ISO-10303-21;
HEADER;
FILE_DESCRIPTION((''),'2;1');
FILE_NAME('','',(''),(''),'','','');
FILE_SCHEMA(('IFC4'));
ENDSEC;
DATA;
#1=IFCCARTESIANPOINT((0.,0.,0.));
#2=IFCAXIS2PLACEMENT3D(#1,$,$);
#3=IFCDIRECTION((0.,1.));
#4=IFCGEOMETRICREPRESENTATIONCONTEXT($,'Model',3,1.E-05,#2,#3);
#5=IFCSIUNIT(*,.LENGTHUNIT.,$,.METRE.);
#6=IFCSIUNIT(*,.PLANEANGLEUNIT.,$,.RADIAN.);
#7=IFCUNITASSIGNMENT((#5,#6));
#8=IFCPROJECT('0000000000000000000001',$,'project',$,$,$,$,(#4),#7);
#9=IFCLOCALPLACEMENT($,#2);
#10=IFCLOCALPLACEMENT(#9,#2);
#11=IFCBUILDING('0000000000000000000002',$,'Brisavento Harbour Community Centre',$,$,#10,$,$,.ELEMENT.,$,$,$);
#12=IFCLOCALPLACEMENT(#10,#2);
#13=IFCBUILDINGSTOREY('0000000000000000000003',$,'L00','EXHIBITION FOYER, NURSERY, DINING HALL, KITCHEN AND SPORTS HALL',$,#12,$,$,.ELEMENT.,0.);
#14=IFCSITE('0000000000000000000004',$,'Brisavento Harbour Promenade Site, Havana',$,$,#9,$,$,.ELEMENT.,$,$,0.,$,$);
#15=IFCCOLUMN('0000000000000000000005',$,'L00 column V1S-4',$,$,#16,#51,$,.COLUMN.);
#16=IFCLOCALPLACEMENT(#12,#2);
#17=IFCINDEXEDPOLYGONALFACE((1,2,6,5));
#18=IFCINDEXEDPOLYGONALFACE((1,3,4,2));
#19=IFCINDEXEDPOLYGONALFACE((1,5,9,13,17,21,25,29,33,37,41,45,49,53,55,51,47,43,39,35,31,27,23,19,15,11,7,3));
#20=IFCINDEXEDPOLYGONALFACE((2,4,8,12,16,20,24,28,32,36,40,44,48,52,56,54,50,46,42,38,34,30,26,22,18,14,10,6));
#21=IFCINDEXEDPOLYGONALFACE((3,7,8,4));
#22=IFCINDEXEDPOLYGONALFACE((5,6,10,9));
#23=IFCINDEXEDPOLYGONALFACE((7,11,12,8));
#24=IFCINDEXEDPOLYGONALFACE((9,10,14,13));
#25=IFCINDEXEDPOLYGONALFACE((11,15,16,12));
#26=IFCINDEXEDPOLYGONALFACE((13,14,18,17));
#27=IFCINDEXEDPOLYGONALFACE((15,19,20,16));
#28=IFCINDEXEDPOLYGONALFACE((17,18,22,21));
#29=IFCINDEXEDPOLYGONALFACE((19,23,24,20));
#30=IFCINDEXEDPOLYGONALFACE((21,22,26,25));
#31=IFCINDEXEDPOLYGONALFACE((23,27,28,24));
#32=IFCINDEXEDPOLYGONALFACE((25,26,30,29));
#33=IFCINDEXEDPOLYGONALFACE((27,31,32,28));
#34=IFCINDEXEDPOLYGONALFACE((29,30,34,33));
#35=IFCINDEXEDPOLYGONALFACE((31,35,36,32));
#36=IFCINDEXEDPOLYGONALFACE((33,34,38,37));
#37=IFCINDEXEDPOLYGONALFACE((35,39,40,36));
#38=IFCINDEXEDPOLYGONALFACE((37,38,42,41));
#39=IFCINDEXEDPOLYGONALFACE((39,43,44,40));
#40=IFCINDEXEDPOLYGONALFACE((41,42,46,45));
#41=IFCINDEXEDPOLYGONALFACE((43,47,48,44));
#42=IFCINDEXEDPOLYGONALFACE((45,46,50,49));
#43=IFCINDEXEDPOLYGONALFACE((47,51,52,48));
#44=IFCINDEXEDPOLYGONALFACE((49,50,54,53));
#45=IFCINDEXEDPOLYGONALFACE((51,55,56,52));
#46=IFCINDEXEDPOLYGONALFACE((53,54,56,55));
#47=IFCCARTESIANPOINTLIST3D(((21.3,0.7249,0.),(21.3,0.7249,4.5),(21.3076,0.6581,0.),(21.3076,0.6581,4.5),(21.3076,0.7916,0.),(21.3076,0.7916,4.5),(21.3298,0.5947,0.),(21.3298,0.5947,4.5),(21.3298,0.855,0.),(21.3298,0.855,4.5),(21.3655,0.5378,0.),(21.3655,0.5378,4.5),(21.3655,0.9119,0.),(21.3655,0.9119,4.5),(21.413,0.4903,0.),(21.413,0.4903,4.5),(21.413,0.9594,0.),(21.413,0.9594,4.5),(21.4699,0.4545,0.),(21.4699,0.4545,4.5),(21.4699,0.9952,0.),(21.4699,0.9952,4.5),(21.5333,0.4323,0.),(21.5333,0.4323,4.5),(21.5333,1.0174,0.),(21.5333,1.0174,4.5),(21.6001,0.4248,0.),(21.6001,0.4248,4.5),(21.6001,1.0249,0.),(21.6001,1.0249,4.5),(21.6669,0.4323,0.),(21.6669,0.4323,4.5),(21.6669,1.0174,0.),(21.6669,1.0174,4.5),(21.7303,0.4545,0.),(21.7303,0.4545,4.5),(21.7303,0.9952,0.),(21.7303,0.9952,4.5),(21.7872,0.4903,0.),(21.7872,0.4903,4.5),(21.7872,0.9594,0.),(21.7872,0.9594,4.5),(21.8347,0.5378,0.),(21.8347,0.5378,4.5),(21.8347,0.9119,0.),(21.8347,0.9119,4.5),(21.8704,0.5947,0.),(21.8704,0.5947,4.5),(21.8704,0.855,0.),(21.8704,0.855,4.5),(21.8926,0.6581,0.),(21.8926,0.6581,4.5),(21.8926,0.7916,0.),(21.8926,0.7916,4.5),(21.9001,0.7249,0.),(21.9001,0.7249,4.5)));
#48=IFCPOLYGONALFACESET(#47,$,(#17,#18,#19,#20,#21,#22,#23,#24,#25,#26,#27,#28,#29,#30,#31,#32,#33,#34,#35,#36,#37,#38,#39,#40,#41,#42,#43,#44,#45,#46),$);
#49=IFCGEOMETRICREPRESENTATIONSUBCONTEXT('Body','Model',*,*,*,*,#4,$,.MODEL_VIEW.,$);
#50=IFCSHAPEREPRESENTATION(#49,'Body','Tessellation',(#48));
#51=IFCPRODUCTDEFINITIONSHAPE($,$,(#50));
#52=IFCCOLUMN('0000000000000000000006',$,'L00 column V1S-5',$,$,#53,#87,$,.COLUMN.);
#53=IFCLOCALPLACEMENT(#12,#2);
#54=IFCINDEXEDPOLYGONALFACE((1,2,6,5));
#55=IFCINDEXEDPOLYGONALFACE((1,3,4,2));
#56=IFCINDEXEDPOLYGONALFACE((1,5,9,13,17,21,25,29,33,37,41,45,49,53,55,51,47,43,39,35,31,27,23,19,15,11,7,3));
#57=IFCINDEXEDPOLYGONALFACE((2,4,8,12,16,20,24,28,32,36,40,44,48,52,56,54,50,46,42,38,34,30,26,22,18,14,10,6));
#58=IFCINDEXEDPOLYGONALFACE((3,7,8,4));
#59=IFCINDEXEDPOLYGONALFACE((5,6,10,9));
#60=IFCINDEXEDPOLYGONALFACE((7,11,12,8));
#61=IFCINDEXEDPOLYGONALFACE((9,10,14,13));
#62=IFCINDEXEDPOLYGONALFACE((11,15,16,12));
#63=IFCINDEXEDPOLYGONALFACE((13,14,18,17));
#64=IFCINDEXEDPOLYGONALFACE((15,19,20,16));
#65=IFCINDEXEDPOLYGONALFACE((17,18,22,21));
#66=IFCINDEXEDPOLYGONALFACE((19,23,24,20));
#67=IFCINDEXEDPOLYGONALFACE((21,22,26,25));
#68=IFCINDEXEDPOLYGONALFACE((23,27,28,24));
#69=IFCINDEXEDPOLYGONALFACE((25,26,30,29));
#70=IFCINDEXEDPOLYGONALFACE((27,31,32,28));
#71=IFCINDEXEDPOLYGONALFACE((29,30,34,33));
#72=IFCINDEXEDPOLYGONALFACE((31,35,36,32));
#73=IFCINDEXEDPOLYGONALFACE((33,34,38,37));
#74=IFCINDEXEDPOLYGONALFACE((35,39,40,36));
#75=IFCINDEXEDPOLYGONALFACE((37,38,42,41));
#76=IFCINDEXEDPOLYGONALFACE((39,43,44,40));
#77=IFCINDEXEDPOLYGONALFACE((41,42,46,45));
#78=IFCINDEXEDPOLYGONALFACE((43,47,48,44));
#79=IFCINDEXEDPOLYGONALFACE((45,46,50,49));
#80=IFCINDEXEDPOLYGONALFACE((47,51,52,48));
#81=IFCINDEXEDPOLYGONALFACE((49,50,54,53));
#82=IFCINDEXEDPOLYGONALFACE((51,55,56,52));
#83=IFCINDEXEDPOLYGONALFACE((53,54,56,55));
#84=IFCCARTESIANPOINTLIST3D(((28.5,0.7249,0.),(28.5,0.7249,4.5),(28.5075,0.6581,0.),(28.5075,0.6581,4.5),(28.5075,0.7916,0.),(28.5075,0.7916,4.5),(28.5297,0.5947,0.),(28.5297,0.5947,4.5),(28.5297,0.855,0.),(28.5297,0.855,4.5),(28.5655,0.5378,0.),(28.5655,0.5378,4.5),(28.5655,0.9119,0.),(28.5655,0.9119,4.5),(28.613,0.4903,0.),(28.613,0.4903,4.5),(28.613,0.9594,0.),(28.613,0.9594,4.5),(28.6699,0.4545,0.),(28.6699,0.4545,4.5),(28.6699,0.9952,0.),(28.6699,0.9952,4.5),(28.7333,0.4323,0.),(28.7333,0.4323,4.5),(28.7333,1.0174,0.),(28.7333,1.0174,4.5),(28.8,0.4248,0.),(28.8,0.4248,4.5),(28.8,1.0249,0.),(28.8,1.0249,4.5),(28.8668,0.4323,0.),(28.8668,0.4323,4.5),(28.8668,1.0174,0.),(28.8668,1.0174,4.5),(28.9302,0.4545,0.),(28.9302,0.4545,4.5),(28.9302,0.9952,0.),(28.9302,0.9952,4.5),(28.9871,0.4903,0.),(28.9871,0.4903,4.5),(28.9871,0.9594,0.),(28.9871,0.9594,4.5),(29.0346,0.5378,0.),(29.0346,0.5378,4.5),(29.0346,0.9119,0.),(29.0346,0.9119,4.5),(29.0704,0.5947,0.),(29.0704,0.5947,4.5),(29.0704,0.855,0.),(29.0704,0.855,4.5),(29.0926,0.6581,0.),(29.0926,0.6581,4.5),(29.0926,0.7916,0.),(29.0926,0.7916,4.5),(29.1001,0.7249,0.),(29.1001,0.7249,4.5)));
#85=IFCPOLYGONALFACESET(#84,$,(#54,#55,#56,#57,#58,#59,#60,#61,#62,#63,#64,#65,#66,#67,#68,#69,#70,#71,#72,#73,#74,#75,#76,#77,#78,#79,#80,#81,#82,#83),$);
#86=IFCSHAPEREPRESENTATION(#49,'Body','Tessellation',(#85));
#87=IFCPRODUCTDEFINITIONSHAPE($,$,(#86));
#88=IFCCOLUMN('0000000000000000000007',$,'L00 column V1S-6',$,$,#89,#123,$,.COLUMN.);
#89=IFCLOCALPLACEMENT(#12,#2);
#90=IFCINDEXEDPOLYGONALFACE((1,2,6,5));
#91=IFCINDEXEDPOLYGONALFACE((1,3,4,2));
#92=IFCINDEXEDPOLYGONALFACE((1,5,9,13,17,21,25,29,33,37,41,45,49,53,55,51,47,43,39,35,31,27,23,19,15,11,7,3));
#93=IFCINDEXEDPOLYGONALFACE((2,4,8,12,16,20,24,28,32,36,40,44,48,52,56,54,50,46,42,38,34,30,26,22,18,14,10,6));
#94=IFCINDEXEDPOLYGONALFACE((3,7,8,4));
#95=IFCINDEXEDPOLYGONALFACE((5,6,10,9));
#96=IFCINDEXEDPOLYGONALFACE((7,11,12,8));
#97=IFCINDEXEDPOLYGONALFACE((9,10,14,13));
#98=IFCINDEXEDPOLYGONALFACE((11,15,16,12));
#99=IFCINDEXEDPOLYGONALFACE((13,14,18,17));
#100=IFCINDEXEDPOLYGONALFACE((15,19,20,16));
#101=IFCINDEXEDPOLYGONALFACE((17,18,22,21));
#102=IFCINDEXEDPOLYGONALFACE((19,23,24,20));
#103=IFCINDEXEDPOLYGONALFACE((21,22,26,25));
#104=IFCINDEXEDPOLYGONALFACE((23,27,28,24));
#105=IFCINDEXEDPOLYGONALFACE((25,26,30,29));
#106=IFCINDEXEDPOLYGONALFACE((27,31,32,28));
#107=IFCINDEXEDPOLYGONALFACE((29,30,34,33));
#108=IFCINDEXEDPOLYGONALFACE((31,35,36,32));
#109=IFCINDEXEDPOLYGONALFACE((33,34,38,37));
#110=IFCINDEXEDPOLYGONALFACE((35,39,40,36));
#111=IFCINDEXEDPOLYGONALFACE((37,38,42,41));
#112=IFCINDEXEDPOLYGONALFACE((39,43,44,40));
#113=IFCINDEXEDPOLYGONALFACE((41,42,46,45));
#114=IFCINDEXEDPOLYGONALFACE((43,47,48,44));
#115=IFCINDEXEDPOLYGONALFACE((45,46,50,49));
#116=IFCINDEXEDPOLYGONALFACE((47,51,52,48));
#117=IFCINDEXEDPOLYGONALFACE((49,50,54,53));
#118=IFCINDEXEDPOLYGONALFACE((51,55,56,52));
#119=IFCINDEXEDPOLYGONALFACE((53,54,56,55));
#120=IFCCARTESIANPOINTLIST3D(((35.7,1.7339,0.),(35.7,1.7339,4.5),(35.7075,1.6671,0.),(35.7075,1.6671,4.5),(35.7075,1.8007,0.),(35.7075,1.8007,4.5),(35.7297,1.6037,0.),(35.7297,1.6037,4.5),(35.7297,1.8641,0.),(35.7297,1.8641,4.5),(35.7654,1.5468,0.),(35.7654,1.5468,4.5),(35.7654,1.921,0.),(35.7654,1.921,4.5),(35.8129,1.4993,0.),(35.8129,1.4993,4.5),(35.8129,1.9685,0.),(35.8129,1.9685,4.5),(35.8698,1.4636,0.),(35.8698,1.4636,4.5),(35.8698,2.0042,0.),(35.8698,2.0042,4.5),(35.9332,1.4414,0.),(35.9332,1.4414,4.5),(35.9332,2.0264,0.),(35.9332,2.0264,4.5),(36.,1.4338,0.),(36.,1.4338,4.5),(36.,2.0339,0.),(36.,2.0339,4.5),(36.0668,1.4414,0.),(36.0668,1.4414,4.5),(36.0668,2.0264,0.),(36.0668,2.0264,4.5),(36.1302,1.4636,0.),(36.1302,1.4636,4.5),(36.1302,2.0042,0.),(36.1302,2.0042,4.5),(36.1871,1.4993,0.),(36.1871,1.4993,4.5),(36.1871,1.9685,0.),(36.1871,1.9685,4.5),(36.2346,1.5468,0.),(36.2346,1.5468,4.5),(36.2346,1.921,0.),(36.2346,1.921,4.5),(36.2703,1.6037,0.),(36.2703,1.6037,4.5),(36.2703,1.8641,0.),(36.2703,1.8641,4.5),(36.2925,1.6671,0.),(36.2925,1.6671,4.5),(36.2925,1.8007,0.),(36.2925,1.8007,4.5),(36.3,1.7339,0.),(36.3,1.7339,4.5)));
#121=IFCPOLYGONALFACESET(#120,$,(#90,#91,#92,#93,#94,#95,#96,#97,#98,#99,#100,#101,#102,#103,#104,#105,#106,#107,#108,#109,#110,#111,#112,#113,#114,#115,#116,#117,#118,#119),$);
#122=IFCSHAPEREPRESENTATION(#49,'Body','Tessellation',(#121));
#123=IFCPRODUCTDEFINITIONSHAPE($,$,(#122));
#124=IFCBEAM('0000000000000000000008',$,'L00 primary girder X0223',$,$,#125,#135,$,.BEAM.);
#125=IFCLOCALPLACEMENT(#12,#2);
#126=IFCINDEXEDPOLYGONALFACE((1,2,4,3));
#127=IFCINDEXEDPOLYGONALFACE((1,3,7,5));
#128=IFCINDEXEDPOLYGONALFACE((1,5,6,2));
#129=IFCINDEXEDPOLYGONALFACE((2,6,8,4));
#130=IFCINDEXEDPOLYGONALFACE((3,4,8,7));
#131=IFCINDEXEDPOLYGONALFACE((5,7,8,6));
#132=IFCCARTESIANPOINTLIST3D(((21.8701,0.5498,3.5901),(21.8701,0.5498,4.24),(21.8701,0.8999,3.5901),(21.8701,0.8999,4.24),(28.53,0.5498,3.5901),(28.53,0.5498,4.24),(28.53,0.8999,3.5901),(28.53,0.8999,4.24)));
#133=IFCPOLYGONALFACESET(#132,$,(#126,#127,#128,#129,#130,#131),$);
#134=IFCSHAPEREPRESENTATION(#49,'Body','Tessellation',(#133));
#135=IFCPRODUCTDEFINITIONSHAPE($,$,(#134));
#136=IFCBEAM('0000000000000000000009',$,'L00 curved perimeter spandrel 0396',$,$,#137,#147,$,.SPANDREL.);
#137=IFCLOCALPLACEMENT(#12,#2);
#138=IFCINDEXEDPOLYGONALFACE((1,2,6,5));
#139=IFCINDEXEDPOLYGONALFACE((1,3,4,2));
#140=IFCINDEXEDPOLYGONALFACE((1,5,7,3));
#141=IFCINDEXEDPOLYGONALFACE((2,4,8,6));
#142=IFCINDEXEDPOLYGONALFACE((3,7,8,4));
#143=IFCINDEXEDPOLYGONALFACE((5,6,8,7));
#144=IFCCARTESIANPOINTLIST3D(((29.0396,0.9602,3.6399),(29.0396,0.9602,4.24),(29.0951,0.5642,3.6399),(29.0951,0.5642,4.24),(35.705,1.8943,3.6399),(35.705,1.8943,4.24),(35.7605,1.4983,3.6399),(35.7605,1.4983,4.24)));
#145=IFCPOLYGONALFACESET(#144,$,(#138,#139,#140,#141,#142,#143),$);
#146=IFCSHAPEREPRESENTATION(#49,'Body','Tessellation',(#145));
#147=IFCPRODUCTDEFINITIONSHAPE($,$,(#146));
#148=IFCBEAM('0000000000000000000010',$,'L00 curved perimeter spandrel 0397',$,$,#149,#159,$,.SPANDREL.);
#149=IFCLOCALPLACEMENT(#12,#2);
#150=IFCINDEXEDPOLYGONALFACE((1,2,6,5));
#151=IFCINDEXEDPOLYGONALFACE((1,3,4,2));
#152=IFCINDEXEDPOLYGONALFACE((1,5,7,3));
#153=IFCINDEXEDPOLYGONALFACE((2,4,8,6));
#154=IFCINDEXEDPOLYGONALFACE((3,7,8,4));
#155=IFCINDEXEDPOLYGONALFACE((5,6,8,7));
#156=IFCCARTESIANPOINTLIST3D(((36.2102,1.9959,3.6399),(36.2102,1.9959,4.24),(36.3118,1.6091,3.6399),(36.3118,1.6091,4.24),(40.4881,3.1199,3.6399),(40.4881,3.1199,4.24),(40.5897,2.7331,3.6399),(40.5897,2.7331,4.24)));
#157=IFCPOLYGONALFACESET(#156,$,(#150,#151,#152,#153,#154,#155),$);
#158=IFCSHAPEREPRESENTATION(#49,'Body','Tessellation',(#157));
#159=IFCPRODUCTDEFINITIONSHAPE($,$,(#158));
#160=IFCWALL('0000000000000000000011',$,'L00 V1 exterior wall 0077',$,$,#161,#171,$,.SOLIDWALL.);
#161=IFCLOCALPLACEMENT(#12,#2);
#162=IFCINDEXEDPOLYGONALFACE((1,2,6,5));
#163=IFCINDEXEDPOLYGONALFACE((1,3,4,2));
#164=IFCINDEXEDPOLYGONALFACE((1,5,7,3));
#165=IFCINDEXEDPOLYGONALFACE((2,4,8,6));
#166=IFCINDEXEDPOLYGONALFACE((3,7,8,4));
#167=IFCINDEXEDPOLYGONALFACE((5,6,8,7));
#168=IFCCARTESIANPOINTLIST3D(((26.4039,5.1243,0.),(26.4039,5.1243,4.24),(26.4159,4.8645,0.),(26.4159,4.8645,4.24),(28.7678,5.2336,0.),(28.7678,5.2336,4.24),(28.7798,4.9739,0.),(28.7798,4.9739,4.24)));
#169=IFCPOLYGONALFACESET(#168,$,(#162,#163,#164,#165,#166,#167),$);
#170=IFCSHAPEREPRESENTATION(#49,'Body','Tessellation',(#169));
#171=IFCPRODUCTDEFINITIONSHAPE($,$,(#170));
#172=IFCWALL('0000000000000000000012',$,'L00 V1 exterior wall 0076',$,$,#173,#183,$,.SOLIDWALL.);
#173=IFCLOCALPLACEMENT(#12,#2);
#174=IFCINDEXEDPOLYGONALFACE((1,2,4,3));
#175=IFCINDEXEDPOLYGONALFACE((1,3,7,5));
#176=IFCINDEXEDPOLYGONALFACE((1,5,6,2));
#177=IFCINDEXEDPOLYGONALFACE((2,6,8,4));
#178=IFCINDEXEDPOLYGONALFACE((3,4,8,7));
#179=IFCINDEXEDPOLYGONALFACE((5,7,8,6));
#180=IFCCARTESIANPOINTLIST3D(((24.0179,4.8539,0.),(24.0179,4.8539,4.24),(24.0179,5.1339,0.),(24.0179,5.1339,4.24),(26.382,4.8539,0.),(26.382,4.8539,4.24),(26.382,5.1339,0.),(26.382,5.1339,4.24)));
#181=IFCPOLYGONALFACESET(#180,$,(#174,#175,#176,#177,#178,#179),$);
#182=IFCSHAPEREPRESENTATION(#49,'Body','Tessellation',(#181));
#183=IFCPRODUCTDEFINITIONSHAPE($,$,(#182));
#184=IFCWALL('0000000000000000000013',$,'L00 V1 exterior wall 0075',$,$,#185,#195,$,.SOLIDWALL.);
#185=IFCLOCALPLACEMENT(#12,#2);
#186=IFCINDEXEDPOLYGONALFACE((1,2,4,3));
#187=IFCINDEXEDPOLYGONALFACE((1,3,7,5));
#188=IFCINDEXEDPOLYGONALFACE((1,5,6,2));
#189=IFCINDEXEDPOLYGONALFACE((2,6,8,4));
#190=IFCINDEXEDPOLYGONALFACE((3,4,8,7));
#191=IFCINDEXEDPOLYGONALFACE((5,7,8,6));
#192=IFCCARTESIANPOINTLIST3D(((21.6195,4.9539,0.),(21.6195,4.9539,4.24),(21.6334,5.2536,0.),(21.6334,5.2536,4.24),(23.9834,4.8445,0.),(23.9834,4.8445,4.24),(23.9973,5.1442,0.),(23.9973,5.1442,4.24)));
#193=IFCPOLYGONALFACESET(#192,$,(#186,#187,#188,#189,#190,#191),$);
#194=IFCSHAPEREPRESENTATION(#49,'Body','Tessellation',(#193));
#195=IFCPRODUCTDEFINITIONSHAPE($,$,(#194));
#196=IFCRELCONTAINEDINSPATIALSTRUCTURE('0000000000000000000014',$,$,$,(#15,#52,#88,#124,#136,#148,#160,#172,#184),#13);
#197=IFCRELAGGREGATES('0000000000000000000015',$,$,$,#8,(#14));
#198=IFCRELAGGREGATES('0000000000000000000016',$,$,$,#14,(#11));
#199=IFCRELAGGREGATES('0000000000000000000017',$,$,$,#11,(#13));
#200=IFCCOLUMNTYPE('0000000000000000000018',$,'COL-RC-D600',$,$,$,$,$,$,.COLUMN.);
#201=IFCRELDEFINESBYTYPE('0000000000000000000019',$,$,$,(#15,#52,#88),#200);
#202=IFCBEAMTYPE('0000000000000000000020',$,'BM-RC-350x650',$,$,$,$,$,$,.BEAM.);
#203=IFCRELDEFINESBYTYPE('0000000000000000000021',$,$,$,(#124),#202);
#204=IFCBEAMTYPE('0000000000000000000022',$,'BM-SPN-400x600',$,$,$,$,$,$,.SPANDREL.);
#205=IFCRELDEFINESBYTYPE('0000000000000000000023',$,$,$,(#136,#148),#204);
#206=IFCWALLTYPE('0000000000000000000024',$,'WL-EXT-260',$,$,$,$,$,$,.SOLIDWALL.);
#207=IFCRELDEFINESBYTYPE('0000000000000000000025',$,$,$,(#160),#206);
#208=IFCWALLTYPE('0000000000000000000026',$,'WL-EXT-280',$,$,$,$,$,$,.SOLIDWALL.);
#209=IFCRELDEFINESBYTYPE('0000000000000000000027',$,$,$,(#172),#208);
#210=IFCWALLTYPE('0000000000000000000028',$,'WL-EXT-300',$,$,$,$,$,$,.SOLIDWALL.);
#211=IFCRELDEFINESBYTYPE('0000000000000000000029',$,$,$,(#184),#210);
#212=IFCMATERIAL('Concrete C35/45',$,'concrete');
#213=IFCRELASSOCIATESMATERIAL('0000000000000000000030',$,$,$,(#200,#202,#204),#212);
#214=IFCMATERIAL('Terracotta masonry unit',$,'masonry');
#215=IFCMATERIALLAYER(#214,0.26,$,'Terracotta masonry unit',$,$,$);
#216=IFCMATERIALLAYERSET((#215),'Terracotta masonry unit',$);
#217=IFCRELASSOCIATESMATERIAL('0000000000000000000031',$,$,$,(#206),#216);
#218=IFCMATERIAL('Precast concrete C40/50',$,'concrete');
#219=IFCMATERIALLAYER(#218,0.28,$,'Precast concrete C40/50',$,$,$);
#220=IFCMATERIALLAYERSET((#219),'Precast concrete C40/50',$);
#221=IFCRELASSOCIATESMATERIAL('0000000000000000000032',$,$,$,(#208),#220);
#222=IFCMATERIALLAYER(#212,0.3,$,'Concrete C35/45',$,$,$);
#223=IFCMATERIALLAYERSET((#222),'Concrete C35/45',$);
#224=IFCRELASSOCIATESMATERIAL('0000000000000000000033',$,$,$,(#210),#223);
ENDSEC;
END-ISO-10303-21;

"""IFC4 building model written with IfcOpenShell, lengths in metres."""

from ifc_helpers import new_model, si_unit, direction, frame, frame_2d, origin, origin_2d, place, context, subcontext, project, spatial, rectangle, circle, extrude, material, layer, layer_set, material_profile, profile_set, type_object, element, save


model = new_model("IFC4")

# Units and contexts
model_context = context("Model", 3, precision=1e-05, world=origin(), true_north=direction((0.0, 1.0)))
body_context = subcontext(model_context, "Body", "Model", "MODEL_VIEW")
ifc_project = project(units=[si_unit("LENGTHUNIT", "METRE"), si_unit("PLANEANGLEUNIT", "RADIAN")], contexts=[model_context])

# Site, building, storey
site_placement = place(None, origin())
site = spatial("IfcSite", under=ifc_project, at=site_placement, Name="Brisavento Harbour Promenade Site, Havana", CompositionType="ELEMENT", RefElevation=0.0)
building_placement = place(site_placement, origin())
building = spatial("IfcBuilding", under=site, at=building_placement, Name="Brisavento Harbour Community Centre", CompositionType="ELEMENT")
storey_placement = place(building_placement, origin())
storey = spatial("IfcBuildingStorey", under=building, at=storey_placement, Name="L00", Description="EXHIBITION FOYER, NURSERY, DINING HALL, KITCHEN AND SPORTS HALL", CompositionType="ELEMENT", Elevation=0.0)

# Columns
ifc_material_1 = material(Name="Concrete C35/45", Category="concrete")
ifc_material_profile_1 = material_profile(ifc_material_1, circle(Radius=0.3, at=origin_2d()), Name="Concrete C35/45")
ifc_profile_set_1 = profile_set([ifc_material_profile_1], Name="Concrete C35/45")
column_type = type_object("IfcColumnType", Name="COL-RC-D600", PredefinedType="COLUMN", material=ifc_profile_set_1)
for number, where, z_axis, x_axis, name in (
    (1, (21.6001, 0.7249, 0.0), (0.0, 0.0, 1.0), (1.0, 0.0, 0.0), "L00 column V1S-4"),
    (2, (28.8, 0.7249, 0.0), (0.0, 0.0, 1.0), (1.0, 0.0, 0.0), "L00 column V1S-5"),
    (3, (36.0, 1.7339, 0.0), (0.0, 0.0, 1.0), (1.0, 0.0, 0.0), "L00 column V1S-6"),
):
    element("IfcColumn", number, at=place(storey_placement, frame(where, z_axis=z_axis, x_axis=x_axis)), inside=storey, type_object=column_type, Name=name, PredefinedType="COLUMN", context=body_context, shape_type="SweptSolid", body=[
        extrude(circle(Radius=0.3, at=origin_2d()), origin(), (0.0, 0.0, 1.0), 4.5),
    ])

# Beams
ifc_material_profile_2 = material_profile(ifc_material_1, rectangle(XDim=0.3501, YDim=0.6499, at=origin_2d()), Name="Concrete C35/45")
ifc_profile_set_2 = profile_set([ifc_material_profile_2], Name="Concrete C35/45")
beam_type_1 = type_object("IfcBeamType", Name="BM-RC-350x650", PredefinedType="BEAM", material=ifc_profile_set_2)
beam_1_placement = place(storey_placement, frame((21.8701, 0.7249, 3.915), z_axis=(1.0, 0.0, 0.0), x_axis=(0.0, 1.0, 0.0)))
element("IfcBeam", 4, at=beam_1_placement, inside=storey, type_object=beam_type_1, Name="L00 primary girder X0223", PredefinedType="BEAM", context=body_context, shape_type="SweptSolid", body=[
    extrude(rectangle(XDim=0.3501, YDim=0.6499, at=origin_2d()), origin(), (0.0, 0.0, 1.0), 6.6599),
])
ifc_material_profile_3 = material_profile(ifc_material_1, rectangle(XDim=0.3999, YDim=0.6001, at=origin_2d()), Name="Concrete C35/45")
ifc_profile_set_3 = profile_set([ifc_material_profile_3], Name="Concrete C35/45")
beam_type_2 = type_object("IfcBeamType", Name="BM-SPN-400x600", PredefinedType="SPANDREL", material=ifc_profile_set_3)
beam_2_placement = place(storey_placement, frame((29.0674, 0.7622, 3.9399), z_axis=(0.990323, 0.138785, 0.0), x_axis=(-0.138785, 0.990323, 0.0)))
element("IfcBeam", 5, at=beam_2_placement, inside=storey, type_object=beam_type_2, Name="L00 curved perimeter spandrel 0396", PredefinedType="SPANDREL", context=body_context, shape_type="SweptSolid", body=[
    extrude(rectangle(XDim=0.3999, YDim=0.6001, at=origin_2d()), origin(), (0.0, 0.0, 1.0), 6.7305),
])
beam_3_placement = place(storey_placement, frame((36.261, 1.8025, 3.9399), z_axis=(0.96717, 0.254129, 0.0), x_axis=(-0.254129, 0.96717, 0.0)))
element("IfcBeam", 6, at=beam_3_placement, inside=storey, type_object=beam_type_2, Name="L00 curved perimeter spandrel 0397", PredefinedType="SPANDREL", context=body_context, shape_type="SweptSolid", body=[
    extrude(rectangle(XDim=0.3999, YDim=0.6001, at=origin_2d()), origin(), (0.0, 0.0, 1.0), 4.4231),
])

# Walls
ifc_material_2 = material(Name="Terracotta masonry unit", Category="masonry")
ifc_layer_1 = layer(ifc_material_2, 0.26, Name="Terracotta masonry unit")
ifc_layer_set_1 = layer_set([ifc_layer_1], Name="Terracotta masonry unit")
wall_type_1 = type_object("IfcWallType", Name="WL-EXT-260", PredefinedType="SOLIDWALL", material=ifc_layer_set_1)
wall_1_placement = place(storey_placement, frame((28.7737, 5.1038, 0.0), z_axis=(0.0, 0.0, 1.0), x_axis=(-0.998931, -0.046217, 0.0)))
element("IfcWall", 7, at=wall_1_placement, inside=storey, type_object=wall_type_1, Name="L00 V1 exterior wall 0077", PredefinedType="SOLIDWALL", context=body_context, shape_type="SweptSolid", body=[
    extrude(rectangle(XDim=2.3665, YDim=0.26, at=frame_2d((1.1831, 0.0))), origin(), (0.0, 0.0, 1.0), 4.24),
])
ifc_material_3 = material(Name="Precast concrete C40/50", Category="concrete")
ifc_layer_2 = layer(ifc_material_3, 0.28, Name="Precast concrete C40/50")
ifc_layer_set_2 = layer_set([ifc_layer_2], Name="Precast concrete C40/50")
wall_type_2 = type_object("IfcWallType", Name="WL-EXT-280", PredefinedType="SOLIDWALL", material=ifc_layer_set_2)
wall_2_placement = place(storey_placement, frame((26.3821, 4.9939, 0.0), z_axis=(0.0, 0.0, 1.0), x_axis=(-1.0, 0.0, 0.0)))
element("IfcWall", 8, at=wall_2_placement, inside=storey, type_object=wall_type_2, Name="L00 V1 exterior wall 0076", PredefinedType="SOLIDWALL", context=body_context, shape_type="SweptSolid", body=[
    extrude(rectangle(XDim=2.364, YDim=0.28, at=frame_2d((1.1821, 0.0))), origin(), (0.0, 0.0, 1.0), 4.24),
])
ifc_layer_3 = layer(ifc_material_1, 0.3, Name="Concrete C35/45")
ifc_layer_set_3 = layer_set([ifc_layer_3], Name="Concrete C35/45")
wall_type_3 = type_object("IfcWallType", Name="WL-EXT-300", PredefinedType="SOLIDWALL", material=ifc_layer_set_3)
wall_3_placement = place(storey_placement, frame((23.9902, 4.9944, 0.0), z_axis=(0.0, 0.0, 1.0), x_axis=(-0.998931, 0.046217, 0.0)))
element("IfcWall", 9, at=wall_3_placement, inside=storey, type_object=wall_type_3, Name="L00 V1 exterior wall 0075", PredefinedType="SOLIDWALL", context=body_context, shape_type="SweptSolid", body=[
    extrude(rectangle(XDim=2.3665, YDim=0.3, at=frame_2d((1.1831, 0.0))), origin(), (0.0, 0.0, 1.0), 4.24),
])

save(model, "model.ifc")
